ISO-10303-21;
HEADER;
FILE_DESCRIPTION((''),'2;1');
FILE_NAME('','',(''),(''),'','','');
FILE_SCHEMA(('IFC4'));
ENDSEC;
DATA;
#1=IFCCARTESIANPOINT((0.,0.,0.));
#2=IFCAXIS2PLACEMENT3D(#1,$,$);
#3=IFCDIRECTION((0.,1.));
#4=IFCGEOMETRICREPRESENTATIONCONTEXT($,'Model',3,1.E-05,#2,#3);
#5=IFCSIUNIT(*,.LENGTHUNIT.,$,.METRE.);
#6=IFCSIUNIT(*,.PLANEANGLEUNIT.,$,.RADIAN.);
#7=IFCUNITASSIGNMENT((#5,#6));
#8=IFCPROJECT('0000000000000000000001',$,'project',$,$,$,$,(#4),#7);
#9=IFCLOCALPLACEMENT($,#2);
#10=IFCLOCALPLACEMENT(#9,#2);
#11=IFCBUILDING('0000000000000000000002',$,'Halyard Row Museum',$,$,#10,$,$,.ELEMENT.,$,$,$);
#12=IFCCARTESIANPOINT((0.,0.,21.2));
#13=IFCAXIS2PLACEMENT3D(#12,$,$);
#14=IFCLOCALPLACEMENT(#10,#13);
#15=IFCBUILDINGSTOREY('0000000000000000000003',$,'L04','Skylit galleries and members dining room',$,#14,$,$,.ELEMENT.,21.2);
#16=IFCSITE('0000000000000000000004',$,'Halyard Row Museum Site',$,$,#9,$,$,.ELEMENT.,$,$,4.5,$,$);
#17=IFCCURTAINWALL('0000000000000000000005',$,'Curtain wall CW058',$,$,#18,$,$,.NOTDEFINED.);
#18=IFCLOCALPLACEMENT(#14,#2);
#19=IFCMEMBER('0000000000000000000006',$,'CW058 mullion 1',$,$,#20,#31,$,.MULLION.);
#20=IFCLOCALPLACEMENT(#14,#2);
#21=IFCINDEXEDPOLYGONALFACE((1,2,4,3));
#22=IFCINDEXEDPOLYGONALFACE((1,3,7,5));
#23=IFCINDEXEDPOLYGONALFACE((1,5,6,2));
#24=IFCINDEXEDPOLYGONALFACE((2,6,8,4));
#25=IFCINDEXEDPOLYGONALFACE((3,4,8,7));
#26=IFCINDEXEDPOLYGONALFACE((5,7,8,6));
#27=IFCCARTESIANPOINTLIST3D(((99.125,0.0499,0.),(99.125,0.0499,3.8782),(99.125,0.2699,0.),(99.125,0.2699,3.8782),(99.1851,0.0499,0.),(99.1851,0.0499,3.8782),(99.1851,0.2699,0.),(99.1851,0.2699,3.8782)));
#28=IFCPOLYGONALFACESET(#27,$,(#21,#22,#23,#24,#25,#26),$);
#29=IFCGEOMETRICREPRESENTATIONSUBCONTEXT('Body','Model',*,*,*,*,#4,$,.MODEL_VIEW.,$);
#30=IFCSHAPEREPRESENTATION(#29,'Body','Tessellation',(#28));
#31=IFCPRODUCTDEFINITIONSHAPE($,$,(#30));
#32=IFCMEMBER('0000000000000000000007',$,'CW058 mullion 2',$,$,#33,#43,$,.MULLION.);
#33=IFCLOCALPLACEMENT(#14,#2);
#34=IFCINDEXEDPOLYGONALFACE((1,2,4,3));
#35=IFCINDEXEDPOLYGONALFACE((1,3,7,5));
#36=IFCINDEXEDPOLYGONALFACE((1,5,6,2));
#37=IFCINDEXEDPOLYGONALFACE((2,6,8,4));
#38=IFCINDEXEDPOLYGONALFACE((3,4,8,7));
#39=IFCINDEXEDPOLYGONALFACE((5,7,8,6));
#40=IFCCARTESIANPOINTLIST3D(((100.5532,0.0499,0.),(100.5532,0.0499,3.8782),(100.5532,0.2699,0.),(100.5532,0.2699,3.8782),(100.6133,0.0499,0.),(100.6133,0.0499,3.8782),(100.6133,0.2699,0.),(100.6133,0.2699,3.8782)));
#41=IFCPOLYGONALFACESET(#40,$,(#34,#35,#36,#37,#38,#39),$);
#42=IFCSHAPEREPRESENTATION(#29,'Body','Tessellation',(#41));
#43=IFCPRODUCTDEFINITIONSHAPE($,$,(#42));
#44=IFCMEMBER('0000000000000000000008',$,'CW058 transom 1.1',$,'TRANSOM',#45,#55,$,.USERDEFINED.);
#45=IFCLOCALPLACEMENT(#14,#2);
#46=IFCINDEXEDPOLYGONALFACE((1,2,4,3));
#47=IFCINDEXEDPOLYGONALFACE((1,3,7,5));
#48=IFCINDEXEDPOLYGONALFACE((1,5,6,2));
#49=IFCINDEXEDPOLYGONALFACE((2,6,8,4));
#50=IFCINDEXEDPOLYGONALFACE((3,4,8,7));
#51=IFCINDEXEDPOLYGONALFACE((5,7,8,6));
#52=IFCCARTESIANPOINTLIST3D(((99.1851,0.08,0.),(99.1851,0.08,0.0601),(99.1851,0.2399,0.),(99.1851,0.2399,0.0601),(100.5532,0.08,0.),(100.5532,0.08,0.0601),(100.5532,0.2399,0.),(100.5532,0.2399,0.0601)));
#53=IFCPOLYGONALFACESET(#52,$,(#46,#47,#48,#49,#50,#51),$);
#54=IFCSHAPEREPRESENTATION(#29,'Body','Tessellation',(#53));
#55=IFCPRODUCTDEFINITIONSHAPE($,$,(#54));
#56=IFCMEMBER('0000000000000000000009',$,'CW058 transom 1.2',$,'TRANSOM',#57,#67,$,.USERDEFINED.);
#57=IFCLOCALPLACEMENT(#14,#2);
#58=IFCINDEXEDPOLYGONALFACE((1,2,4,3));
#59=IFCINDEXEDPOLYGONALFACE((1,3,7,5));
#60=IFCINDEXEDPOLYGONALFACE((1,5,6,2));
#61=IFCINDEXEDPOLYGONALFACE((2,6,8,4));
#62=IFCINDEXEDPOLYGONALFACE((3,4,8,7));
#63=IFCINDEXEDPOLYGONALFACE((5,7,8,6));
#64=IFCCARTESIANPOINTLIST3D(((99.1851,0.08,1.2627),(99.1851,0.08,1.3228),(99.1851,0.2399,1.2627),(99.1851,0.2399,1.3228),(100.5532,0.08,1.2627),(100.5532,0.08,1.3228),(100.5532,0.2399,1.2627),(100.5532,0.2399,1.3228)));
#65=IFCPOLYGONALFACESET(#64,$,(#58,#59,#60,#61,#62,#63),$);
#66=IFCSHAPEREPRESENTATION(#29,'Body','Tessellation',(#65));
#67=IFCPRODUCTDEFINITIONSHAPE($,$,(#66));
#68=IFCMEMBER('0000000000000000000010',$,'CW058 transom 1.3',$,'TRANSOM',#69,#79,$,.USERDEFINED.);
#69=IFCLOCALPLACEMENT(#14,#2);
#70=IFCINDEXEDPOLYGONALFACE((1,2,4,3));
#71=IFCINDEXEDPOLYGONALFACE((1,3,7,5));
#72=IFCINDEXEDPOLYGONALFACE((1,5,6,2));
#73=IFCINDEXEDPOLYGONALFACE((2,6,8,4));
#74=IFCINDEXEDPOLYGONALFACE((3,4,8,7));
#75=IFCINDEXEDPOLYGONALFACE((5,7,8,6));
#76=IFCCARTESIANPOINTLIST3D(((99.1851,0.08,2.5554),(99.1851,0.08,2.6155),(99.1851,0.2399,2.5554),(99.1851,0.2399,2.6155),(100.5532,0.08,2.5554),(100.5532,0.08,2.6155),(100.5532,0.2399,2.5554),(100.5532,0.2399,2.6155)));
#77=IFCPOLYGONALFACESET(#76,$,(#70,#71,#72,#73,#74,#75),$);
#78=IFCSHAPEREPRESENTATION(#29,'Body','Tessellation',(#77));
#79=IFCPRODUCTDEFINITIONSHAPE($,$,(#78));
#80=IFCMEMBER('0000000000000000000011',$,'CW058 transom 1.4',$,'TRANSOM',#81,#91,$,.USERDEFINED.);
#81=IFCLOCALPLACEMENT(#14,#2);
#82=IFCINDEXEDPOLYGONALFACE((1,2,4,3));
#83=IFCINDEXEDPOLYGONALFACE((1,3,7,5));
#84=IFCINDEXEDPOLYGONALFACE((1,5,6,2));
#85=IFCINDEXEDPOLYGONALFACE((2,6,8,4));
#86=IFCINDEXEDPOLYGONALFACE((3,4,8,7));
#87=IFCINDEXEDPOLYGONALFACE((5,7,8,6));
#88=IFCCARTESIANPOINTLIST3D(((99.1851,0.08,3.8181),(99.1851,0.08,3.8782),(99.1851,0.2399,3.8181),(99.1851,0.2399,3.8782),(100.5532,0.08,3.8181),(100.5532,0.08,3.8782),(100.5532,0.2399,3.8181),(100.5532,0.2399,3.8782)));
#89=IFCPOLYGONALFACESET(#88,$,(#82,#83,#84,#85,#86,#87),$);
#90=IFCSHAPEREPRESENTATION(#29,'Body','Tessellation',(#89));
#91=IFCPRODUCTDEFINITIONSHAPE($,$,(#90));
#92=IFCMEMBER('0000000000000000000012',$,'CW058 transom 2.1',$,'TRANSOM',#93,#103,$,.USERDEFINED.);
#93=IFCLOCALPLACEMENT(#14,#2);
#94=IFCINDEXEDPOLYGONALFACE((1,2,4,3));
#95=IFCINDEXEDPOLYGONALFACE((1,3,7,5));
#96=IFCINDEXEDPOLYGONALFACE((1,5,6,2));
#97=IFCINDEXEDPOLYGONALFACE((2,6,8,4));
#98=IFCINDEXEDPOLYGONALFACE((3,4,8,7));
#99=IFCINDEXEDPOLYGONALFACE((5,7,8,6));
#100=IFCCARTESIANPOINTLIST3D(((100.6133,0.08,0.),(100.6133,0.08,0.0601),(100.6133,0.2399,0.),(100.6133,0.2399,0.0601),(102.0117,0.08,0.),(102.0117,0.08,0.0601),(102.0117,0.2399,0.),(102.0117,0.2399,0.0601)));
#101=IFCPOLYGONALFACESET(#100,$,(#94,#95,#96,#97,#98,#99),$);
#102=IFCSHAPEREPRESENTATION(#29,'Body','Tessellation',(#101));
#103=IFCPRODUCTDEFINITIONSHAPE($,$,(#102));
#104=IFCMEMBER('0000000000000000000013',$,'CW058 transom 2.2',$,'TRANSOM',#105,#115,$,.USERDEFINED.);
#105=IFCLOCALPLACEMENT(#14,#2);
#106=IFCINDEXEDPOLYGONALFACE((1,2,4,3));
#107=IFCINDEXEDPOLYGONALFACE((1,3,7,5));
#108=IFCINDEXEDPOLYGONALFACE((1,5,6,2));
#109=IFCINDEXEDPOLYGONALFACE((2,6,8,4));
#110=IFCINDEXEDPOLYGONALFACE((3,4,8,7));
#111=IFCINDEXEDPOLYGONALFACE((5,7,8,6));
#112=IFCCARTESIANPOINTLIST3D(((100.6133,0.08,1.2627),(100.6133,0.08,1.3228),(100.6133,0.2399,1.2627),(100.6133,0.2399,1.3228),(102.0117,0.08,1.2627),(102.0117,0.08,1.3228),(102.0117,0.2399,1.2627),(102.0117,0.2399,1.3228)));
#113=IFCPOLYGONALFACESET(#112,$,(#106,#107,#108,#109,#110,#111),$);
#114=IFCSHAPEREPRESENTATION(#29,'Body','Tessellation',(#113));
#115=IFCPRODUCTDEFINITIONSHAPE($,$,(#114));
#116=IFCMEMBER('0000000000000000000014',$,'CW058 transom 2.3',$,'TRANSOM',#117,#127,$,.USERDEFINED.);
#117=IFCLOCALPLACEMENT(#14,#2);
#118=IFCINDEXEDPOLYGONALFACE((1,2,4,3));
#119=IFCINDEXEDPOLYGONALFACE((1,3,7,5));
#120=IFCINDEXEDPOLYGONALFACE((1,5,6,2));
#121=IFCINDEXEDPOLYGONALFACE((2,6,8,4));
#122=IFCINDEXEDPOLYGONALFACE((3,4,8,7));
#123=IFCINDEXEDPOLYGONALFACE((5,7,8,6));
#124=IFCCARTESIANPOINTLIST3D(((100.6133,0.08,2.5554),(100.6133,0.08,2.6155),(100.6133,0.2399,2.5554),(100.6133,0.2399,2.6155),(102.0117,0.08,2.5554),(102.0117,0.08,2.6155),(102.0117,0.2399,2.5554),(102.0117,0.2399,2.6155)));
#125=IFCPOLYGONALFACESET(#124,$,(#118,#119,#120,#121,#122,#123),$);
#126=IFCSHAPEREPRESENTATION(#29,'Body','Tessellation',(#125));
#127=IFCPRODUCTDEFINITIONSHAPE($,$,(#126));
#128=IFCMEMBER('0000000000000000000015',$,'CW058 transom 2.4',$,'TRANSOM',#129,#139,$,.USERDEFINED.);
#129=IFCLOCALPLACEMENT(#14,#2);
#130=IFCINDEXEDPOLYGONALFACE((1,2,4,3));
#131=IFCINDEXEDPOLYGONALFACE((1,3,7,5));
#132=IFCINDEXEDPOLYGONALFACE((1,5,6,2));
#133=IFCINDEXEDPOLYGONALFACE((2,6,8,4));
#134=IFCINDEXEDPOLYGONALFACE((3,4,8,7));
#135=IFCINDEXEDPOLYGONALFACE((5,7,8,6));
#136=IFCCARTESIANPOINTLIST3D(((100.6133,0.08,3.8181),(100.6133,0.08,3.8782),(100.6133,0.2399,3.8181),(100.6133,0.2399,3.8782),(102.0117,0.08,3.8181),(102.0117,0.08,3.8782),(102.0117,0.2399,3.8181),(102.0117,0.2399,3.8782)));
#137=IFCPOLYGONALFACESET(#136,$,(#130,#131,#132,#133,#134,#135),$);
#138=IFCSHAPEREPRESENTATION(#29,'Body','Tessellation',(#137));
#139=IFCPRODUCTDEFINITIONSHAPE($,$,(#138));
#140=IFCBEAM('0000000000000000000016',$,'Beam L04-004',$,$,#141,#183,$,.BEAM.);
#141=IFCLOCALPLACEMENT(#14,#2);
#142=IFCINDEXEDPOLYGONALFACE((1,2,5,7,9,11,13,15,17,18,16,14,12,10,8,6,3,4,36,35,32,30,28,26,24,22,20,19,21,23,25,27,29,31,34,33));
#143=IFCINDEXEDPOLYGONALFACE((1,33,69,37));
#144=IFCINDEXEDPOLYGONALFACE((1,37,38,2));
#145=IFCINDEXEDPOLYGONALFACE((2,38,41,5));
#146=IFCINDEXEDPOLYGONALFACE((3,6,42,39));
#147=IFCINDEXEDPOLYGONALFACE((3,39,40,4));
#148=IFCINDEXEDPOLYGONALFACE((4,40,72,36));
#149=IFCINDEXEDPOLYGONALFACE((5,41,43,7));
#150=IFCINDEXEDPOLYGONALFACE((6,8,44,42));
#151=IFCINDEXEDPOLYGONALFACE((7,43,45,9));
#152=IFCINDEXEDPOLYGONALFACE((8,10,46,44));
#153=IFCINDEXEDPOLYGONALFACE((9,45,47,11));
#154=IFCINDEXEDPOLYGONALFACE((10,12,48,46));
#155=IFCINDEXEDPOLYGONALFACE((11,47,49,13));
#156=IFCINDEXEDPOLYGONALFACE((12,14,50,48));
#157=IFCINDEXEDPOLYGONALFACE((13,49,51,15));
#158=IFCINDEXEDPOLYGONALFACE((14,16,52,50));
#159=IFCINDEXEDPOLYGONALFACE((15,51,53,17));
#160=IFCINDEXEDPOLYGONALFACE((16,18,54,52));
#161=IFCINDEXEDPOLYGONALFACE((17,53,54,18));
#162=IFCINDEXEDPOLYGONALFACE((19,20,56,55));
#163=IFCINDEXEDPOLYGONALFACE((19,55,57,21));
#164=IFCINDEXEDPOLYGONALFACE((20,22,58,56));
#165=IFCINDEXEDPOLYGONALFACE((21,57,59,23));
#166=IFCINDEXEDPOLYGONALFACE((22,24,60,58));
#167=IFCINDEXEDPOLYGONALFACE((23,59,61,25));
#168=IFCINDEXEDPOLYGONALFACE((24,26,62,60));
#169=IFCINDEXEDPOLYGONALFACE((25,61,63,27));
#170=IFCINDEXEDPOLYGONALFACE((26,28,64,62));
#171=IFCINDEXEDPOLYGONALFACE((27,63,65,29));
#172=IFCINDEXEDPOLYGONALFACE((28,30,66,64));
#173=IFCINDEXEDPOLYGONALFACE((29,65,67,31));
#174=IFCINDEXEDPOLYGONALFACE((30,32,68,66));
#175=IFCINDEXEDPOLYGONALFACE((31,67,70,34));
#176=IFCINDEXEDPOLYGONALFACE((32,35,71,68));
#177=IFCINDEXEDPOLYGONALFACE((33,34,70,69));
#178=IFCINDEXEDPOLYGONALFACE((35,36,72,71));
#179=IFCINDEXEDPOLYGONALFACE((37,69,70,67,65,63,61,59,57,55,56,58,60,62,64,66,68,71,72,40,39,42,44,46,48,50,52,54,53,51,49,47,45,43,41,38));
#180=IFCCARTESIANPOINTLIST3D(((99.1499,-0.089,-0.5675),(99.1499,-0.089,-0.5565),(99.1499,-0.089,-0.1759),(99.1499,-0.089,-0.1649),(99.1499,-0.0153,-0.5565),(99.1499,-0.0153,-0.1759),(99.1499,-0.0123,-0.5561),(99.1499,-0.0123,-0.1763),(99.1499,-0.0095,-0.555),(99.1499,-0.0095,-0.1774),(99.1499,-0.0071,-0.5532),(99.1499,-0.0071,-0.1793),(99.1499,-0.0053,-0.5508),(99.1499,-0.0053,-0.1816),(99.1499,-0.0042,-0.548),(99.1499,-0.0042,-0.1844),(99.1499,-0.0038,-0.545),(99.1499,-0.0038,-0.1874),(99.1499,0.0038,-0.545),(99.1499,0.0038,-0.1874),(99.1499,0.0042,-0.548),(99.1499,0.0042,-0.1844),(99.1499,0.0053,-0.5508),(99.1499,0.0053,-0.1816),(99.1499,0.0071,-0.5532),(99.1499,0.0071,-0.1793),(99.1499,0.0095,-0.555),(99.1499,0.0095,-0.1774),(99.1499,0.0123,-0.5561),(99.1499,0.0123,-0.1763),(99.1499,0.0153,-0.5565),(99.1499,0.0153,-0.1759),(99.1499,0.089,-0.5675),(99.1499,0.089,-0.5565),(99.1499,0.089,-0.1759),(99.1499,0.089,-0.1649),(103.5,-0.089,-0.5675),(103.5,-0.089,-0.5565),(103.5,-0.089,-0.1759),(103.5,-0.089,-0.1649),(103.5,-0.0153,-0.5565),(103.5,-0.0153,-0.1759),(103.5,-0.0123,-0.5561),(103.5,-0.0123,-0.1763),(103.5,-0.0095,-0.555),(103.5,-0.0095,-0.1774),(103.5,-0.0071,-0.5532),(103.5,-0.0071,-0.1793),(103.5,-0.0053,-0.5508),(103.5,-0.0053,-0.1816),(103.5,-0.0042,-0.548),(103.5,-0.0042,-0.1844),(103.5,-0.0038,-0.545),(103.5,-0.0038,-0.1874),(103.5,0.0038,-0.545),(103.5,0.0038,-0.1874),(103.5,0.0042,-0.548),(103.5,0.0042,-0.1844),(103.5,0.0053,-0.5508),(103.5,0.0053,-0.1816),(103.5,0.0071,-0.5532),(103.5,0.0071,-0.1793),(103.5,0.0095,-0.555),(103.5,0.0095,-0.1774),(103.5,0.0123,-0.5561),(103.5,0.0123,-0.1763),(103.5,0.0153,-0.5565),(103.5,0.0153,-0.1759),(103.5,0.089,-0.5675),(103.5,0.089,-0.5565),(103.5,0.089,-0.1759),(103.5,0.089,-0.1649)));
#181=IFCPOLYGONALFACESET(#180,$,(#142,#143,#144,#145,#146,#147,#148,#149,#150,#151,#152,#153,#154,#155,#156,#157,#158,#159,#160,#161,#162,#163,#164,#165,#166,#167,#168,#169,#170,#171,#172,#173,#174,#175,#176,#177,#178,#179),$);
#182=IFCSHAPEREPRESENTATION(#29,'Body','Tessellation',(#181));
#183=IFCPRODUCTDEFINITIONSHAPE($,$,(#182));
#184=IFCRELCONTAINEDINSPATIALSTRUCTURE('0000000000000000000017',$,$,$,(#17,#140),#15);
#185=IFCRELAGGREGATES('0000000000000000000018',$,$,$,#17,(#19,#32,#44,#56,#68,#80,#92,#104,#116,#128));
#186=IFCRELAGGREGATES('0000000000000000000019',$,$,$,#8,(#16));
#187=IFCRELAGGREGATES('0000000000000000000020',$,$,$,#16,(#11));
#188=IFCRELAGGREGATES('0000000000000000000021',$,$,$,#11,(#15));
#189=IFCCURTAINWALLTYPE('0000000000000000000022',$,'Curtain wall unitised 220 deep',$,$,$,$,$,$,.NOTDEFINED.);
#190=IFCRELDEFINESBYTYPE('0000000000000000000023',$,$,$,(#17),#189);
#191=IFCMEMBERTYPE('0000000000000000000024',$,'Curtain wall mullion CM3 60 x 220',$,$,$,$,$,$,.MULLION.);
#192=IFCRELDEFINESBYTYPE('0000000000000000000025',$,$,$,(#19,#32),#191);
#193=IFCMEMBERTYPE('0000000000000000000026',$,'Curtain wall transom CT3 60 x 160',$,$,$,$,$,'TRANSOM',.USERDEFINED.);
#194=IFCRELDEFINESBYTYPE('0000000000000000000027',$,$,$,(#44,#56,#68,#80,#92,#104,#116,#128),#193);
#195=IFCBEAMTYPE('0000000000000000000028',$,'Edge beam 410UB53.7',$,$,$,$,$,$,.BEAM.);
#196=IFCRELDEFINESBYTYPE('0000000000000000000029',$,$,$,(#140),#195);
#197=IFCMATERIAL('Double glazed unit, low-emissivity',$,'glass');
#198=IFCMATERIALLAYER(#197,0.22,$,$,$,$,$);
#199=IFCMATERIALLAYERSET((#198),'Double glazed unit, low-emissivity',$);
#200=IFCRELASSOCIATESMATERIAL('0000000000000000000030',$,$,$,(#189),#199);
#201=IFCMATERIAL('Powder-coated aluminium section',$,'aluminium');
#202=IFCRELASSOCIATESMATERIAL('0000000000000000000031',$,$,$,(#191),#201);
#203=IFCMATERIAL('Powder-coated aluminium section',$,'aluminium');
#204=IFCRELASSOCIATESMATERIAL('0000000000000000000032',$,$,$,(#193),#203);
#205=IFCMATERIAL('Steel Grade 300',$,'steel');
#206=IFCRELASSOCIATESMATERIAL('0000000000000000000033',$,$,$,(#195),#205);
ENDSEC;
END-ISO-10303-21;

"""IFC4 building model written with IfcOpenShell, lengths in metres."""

from ifc_helpers import new_model, si_unit, direction, frame, origin, origin_2d, place, context, subcontext, project, spatial, rectangle, i_section, extrude, material, layer, layer_set, material_profile, profile_set, type_object, element, aggregate, save


model = new_model("IFC4")

# Units and contexts
model_context = context("Model", 3, precision=1e-05, world=origin(), true_north=direction((0.0, 1.0)))
body_context = subcontext(model_context, "Body", "Model", "MODEL_VIEW")
ifc_project = project(units=[si_unit("LENGTHUNIT", "METRE"), si_unit("PLANEANGLEUNIT", "RADIAN")], contexts=[model_context])

# Site, building, storey
site_placement = place(None, origin())
site = spatial("IfcSite", under=ifc_project, at=site_placement, Name="Halyard Row Museum Site", CompositionType="ELEMENT", RefElevation=4.5)
building_placement = place(site_placement, origin())
building = spatial("IfcBuilding", under=site, at=building_placement, Name="Halyard Row Museum", CompositionType="ELEMENT")
storey_placement = place(building_placement, frame((0.0, 0.0, 21.2)))
storey = spatial("IfcBuildingStorey", under=building, at=storey_placement, Name="L04", Description="Skylit galleries and members dining room", CompositionType="ELEMENT", Elevation=21.2)

# Curtain wall, members
ifc_material_1 = material(Name="Double glazed unit, low-emissivity", Category="glass")
ifc_layer_1 = layer(ifc_material_1, 0.22)
ifc_layer_set_1 = layer_set([ifc_layer_1], Name="Double glazed unit, low-emissivity")
curtain_wall_type = type_object("IfcCurtainWallType", Name="Curtain wall unitised 220 deep", PredefinedType="NOTDEFINED", material=ifc_layer_set_1)
curtain_wall_placement = place(storey_placement, origin())
curtain_wall = element("IfcCurtainWall", 1, at=curtain_wall_placement, inside=storey, type_object=curtain_wall_type, Name="Curtain wall CW058", PredefinedType="NOTDEFINED")
ifc_material_2 = material(Name="Powder-coated aluminium section", Category="aluminium")
ifc_material_profile_1 = material_profile(ifc_material_2, rectangle(XDim=0.22, YDim=0.0601, at=origin_2d()), Name="220x60 mullion")
ifc_profile_set_1 = profile_set([ifc_material_profile_1], Name="Powder-coated aluminium section")
member_type_1 = type_object("IfcMemberType", Name="Curtain wall mullion CM3 60 x 220", PredefinedType="MULLION", material=ifc_profile_set_1)
member_1_placement = place(storey_placement, frame((99.155, 0.1599, 0.0), z_axis=(0.0, 0.0, 1.0), x_axis=(0.0, 1.0, 0.0)))
member_1 = element("IfcMember", 2, at=member_1_placement, type_object=member_type_1, Name="CW058 mullion 1", PredefinedType="MULLION", context=body_context, shape_type="SweptSolid", body=[
    extrude(rectangle(XDim=0.22, YDim=0.0601, at=origin_2d()), origin(), (0.0, 0.0, 1.0), 3.8782),
])
member_2_placement = place(storey_placement, frame((100.5833, 0.1599, 0.0), z_axis=(0.0, 0.0, 1.0), x_axis=(0.0, 1.0, 0.0)))
member_2 = element("IfcMember", 3, at=member_2_placement, type_object=member_type_1, Name="CW058 mullion 2", PredefinedType="MULLION", context=body_context, shape_type="SweptSolid", body=[
    extrude(rectangle(XDim=0.22, YDim=0.0601, at=origin_2d()), origin(), (0.0, 0.0, 1.0), 3.8782),
])
ifc_material_3 = material(Name="Powder-coated aluminium section", Category="aluminium")
ifc_material_profile_2 = material_profile(ifc_material_3, rectangle(XDim=0.1599, YDim=0.0601, at=origin_2d()), Name="160x60 transom")
ifc_profile_set_2 = profile_set([ifc_material_profile_2], Name="Powder-coated aluminium section")
member_type_2 = type_object("IfcMemberType", Name="Curtain wall transom CT3 60 x 160", ElementType="TRANSOM", PredefinedType="USERDEFINED", material=ifc_profile_set_2)
member_3_placement = place(storey_placement, frame((99.1851, 0.1599, 0.03), z_axis=(1.0, 0.0, 0.0), x_axis=(0.0, 1.0, 0.0)))
member_3 = element("IfcMember", 4, at=member_3_placement, type_object=member_type_2, Name="CW058 transom 1.1", ObjectType="TRANSOM", PredefinedType="USERDEFINED", context=body_context, shape_type="SweptSolid", body=[
    extrude(rectangle(XDim=0.1599, YDim=0.0601, at=origin_2d()), origin(), (0.0, 0.0, 1.0), 1.3682),
])
member_4_placement = place(storey_placement, frame((99.1851, 0.1599, 1.2927), z_axis=(1.0, 0.0, 0.0), x_axis=(0.0, 1.0, 0.0)))
member_4 = element("IfcMember", 5, at=member_4_placement, type_object=member_type_2, Name="CW058 transom 1.2", ObjectType="TRANSOM", PredefinedType="USERDEFINED", context=body_context, shape_type="SweptSolid", body=[
    extrude(rectangle(XDim=0.1599, YDim=0.0601, at=origin_2d()), origin(), (0.0, 0.0, 1.0), 1.3682),
])
member_5_placement = place(storey_placement, frame((99.1851, 0.1599, 2.5854), z_axis=(1.0, 0.0, 0.0), x_axis=(0.0, 1.0, 0.0)))
member_5 = element("IfcMember", 6, at=member_5_placement, type_object=member_type_2, Name="CW058 transom 1.3", ObjectType="TRANSOM", PredefinedType="USERDEFINED", context=body_context, shape_type="SweptSolid", body=[
    extrude(rectangle(XDim=0.1599, YDim=0.0601, at=origin_2d()), origin(), (0.0, 0.0, 1.0), 1.3682),
])
member_6_placement = place(storey_placement, frame((99.1851, 0.1599, 3.8481), z_axis=(1.0, 0.0, 0.0), x_axis=(0.0, 1.0, 0.0)))
member_6 = element("IfcMember", 7, at=member_6_placement, type_object=member_type_2, Name="CW058 transom 1.4", ObjectType="TRANSOM", PredefinedType="USERDEFINED", context=body_context, shape_type="SweptSolid", body=[
    extrude(rectangle(XDim=0.1599, YDim=0.0601, at=origin_2d()), origin(), (0.0, 0.0, 1.0), 1.3682),
])
member_7_placement = place(storey_placement, frame((100.6133, 0.1599, 0.03), z_axis=(1.0, 0.0, 0.0), x_axis=(0.0, 1.0, 0.0)))
member_7 = element("IfcMember", 8, at=member_7_placement, type_object=member_type_2, Name="CW058 transom 2.1", ObjectType="TRANSOM", PredefinedType="USERDEFINED", context=body_context, shape_type="SweptSolid", body=[
    extrude(rectangle(XDim=0.1599, YDim=0.0601, at=origin_2d()), origin(), (0.0, 0.0, 1.0), 1.3984),
])
member_8_placement = place(storey_placement, frame((100.6133, 0.1599, 1.2927), z_axis=(1.0, 0.0, 0.0), x_axis=(0.0, 1.0, 0.0)))
member_8 = element("IfcMember", 9, at=member_8_placement, type_object=member_type_2, Name="CW058 transom 2.2", ObjectType="TRANSOM", PredefinedType="USERDEFINED", context=body_context, shape_type="SweptSolid", body=[
    extrude(rectangle(XDim=0.1599, YDim=0.0601, at=origin_2d()), origin(), (0.0, 0.0, 1.0), 1.3984),
])
member_9_placement = place(storey_placement, frame((100.6133, 0.1599, 2.5854), z_axis=(1.0, 0.0, 0.0), x_axis=(0.0, 1.0, 0.0)))
member_9 = element("IfcMember", 10, at=member_9_placement, type_object=member_type_2, Name="CW058 transom 2.3", ObjectType="TRANSOM", PredefinedType="USERDEFINED", context=body_context, shape_type="SweptSolid", body=[
    extrude(rectangle(XDim=0.1599, YDim=0.0601, at=origin_2d()), origin(), (0.0, 0.0, 1.0), 1.3984),
])
member_10_placement = place(storey_placement, frame((100.6133, 0.1599, 3.8481), z_axis=(1.0, 0.0, 0.0), x_axis=(0.0, 1.0, 0.0)))
member_10 = element("IfcMember", 11, at=member_10_placement, type_object=member_type_2, Name="CW058 transom 2.4", ObjectType="TRANSOM", PredefinedType="USERDEFINED", context=body_context, shape_type="SweptSolid", body=[
    extrude(rectangle(XDim=0.1599, YDim=0.0601, at=origin_2d()), origin(), (0.0, 0.0, 1.0), 1.3984),
])

# Beam
ifc_material_4 = material(Name="Steel Grade 300", Category="steel")
ifc_material_profile_3 = material_profile(ifc_material_4, i_section(OverallWidth=0.178, OverallDepth=0.4026, WebThickness=0.0076, FlangeThickness=0.011, FilletRadius=0.0115, at=origin_2d()), Name="410UB53.7")
ifc_profile_set_3 = profile_set([ifc_material_profile_3], Name="Steel Grade 300")
beam_type_1 = type_object("IfcBeamType", Name="Edge beam 410UB53.7", PredefinedType="BEAM", material=ifc_profile_set_3)
beam_1_placement = place(storey_placement, frame((99.1499, 0.0, -0.3662), z_axis=(1.0, 0.0, 0.0), x_axis=(0.0, 1.0, 0.0)))
element("IfcBeam", 12, at=beam_1_placement, inside=storey, type_object=beam_type_1, Name="Beam L04-004", PredefinedType="BEAM", context=body_context, shape_type="SweptSolid", body=[
    extrude(i_section(OverallWidth=0.178, OverallDepth=0.4026, WebThickness=0.0076, FlangeThickness=0.011, FilletRadius=0.0115, at=origin_2d()), origin(), (0.0, 0.0, 1.0), 4.3501),
])

aggregate(curtain_wall, [member_1, member_2, member_3, member_4, member_5, member_6, member_7, member_8, member_9, member_10])

save(model, "model.ifc")
